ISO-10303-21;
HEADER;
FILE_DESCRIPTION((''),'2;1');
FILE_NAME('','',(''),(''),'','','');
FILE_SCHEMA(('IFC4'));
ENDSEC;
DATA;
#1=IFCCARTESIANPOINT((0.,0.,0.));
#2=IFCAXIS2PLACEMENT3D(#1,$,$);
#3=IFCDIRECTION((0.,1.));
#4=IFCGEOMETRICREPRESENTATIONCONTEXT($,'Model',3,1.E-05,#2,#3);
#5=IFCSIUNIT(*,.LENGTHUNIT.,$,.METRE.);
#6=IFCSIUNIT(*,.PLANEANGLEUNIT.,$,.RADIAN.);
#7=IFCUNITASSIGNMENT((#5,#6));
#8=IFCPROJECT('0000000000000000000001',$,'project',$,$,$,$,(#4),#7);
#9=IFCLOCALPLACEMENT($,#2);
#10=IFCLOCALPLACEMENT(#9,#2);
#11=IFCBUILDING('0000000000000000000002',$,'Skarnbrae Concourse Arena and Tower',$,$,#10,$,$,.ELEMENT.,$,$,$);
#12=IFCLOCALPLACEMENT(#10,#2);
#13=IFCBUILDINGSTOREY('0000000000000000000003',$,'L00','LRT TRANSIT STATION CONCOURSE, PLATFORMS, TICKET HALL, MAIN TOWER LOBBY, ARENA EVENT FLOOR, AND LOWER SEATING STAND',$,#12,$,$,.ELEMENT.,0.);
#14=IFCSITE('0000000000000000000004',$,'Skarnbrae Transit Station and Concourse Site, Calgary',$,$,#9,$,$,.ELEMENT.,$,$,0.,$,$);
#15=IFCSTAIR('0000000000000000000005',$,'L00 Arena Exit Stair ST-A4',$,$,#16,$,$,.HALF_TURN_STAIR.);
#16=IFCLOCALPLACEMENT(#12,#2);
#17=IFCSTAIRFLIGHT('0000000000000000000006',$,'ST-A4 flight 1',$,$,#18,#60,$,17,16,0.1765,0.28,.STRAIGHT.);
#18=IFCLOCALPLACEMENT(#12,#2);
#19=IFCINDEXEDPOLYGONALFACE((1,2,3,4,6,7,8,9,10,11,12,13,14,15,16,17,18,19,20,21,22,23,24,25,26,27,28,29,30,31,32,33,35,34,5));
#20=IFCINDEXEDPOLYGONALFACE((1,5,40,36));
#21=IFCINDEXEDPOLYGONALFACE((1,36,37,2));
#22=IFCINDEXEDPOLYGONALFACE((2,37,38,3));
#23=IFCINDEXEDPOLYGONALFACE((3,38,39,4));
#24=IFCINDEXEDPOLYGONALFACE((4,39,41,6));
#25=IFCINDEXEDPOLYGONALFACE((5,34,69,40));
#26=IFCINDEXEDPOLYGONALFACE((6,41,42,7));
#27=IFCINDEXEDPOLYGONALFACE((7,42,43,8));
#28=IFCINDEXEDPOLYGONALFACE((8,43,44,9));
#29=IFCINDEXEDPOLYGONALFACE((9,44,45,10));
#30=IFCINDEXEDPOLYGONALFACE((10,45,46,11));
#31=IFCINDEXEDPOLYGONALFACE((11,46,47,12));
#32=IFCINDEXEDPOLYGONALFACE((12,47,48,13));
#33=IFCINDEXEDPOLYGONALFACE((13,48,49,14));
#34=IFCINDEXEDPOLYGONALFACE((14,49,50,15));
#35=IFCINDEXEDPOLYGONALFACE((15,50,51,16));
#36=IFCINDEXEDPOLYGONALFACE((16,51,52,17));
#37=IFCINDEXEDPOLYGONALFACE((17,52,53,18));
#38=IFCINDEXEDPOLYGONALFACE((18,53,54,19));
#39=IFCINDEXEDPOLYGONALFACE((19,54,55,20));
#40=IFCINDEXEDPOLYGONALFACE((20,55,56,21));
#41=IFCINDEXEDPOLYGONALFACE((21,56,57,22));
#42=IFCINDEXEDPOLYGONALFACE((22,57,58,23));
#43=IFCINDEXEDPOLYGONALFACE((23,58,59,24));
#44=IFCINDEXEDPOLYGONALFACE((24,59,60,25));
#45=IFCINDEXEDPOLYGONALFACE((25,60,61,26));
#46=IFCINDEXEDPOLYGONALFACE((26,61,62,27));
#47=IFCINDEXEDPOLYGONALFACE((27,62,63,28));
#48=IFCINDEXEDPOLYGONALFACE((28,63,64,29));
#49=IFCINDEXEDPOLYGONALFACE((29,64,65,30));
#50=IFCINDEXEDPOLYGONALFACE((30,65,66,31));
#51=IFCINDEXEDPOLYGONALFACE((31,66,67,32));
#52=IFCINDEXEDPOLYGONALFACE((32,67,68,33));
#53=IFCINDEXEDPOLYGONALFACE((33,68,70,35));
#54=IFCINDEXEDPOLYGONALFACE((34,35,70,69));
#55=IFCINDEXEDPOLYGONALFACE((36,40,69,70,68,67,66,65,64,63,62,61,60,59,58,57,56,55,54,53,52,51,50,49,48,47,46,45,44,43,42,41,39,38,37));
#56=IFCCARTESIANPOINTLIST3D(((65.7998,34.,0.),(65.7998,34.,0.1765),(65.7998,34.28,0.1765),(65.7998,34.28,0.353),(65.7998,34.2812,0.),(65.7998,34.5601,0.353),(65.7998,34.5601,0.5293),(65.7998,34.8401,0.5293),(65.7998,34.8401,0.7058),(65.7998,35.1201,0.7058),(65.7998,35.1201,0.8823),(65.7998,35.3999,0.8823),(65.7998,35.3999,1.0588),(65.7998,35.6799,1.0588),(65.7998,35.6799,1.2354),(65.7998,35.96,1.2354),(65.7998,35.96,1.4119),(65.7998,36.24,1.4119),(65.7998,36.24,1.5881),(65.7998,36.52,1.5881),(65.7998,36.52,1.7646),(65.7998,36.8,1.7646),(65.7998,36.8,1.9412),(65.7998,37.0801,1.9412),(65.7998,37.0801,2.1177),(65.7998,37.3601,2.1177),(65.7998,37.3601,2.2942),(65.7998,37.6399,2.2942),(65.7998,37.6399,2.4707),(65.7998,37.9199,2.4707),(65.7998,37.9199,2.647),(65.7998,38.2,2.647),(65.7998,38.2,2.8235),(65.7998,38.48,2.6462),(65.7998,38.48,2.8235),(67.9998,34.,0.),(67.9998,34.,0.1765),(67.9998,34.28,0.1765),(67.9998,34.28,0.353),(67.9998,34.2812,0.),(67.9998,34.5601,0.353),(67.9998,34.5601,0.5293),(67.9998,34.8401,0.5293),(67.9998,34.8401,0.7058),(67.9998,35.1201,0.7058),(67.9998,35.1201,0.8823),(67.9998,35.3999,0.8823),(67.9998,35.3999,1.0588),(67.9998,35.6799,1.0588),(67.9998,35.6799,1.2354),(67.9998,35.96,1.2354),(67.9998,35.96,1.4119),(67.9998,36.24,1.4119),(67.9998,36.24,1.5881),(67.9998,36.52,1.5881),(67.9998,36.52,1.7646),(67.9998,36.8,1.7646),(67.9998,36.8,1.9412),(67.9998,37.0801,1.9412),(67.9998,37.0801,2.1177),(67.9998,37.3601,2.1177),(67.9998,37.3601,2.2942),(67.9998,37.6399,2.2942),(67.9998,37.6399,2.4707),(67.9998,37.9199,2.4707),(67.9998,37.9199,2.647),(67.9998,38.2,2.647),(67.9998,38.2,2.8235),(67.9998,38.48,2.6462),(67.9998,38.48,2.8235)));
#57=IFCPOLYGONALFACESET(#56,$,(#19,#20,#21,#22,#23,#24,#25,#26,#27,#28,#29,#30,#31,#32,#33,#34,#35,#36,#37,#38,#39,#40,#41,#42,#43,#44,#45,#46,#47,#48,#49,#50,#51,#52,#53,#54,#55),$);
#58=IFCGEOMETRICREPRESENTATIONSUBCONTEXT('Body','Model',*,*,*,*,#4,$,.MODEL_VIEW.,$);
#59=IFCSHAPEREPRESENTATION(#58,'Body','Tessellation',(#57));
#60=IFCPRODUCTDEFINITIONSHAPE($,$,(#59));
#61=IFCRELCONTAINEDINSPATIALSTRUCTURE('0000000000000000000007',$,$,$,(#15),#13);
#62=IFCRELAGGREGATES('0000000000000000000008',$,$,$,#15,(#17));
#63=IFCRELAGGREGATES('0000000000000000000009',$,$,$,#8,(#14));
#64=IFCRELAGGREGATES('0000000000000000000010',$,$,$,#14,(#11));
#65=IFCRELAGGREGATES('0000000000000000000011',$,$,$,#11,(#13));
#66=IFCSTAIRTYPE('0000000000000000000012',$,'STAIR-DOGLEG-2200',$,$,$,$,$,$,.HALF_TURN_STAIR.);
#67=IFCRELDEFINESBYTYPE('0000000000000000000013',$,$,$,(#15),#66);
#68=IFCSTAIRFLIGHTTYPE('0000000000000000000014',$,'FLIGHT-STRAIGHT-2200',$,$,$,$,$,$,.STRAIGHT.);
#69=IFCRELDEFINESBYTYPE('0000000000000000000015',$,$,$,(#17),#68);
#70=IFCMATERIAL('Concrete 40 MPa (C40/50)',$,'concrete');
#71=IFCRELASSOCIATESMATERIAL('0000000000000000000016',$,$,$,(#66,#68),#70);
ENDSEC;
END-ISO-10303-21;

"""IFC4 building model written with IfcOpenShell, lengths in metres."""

from ifc_helpers import new_model, si_unit, direction, frame, origin, place, context, subcontext, project, spatial, polyline, outline, extrude, source, transform, mapped, material, type_object, element, aggregate, save


model = new_model("IFC4")

# Units and contexts
model_context = context("Model", 3, precision=1e-05, world=origin(), true_north=direction((0.0, 1.0)))
body_context = subcontext(model_context, "Body", "Model", "MODEL_VIEW")
ifc_project = project(units=[si_unit("LENGTHUNIT", "METRE"), si_unit("PLANEANGLEUNIT", "RADIAN")], contexts=[model_context])

# Site, building, storey
site_placement = place(None, origin())
site = spatial("IfcSite", under=ifc_project, at=site_placement, Name="Skarnbrae Transit Station and Concourse Site, Calgary", CompositionType="ELEMENT", RefElevation=0.0)
building_placement = place(site_placement, origin())
building = spatial("IfcBuilding", under=site, at=building_placement, Name="Skarnbrae Concourse Arena and Tower", CompositionType="ELEMENT")
storey_placement = place(building_placement, origin())
storey = spatial("IfcBuildingStorey", under=building, at=storey_placement, Name="L00", Description="LRT TRANSIT STATION CONCOURSE, PLATFORMS, TICKET HALL, MAIN TOWER LOBBY, ARENA EVENT FLOOR, AND LOWER SEATING STAND", CompositionType="ELEMENT", Elevation=0.0)

# Stair, stair flight
ifc_material_1 = material(Name="Concrete 40 MPa (C40/50)", Category="concrete")
stair_type = type_object("IfcStairType", Name="STAIR-DOGLEG-2200", PredefinedType="HALF_TURN_STAIR", material=ifc_material_1)
stair_placement = place(storey_placement, origin())
stair = element("IfcStair", 1, at=stair_placement, inside=storey, type_object=stair_type, Name="L00 Arena Exit Stair ST-A4", PredefinedType="HALF_TURN_STAIR")
stair_flight_type = type_object("IfcStairFlightType", Name="FLIGHT-STRAIGHT-2200", PredefinedType="STRAIGHT", material=ifc_material_1)
shared_shape_1 = source(origin(), body_context, "Body", "SweptSolid", [
    extrude(outline(polyline([(0.0, 0.0), (0.0, 0.1765), (0.28, 0.1765), (0.28, 0.353), (0.5601, 0.353), (0.5601, 0.5293), (0.8401, 0.5293), (0.8401, 0.7058), (1.1201, 0.7058), (1.1201, 0.8823), (1.3999, 0.8823), (1.3999, 1.0588), (1.6799, 1.0588), (1.6799, 1.2354), (1.96, 1.2354), (1.96, 1.4119), (2.24, 1.4119), (2.24, 1.5881), (2.52, 1.5881), (2.52, 1.7646), (2.8, 1.7646), (2.8, 1.9412), (3.0801, 1.9412), (3.0801, 2.1177), (3.3601, 2.1177), (3.3601, 2.2942), (3.6399, 2.2942), (3.6399, 2.4707), (3.9199, 2.4707), (3.9199, 2.647), (4.2, 2.647), (4.2, 2.8235), (4.48, 2.8235), (4.48, 3.0), (4.48, 2.6462), (0.2812, 0.0), (0.0, 0.0)])), frame((0.0, 1.1001, 0.0), z_axis=(0.0, -1.0, 0.0), x_axis=(1.0, 0.0, 0.0)), (0.0, 0.0, 1.0), 2.2),
])
stair_flight_placement = place(storey_placement, frame((66.8999, 34.0, 0.0), z_axis=(0.0, 0.0, 1.0), x_axis=(0.0, 1.0, 0.0)))
stair_flight = element("IfcStairFlight", 2, at=stair_flight_placement, type_object=stair_flight_type, Name="ST-A4 flight 1", NumberOfRisers=17, NumberOfTreads=16, PredefinedType="STRAIGHT", RiserHeight=0.1765, TreadLength=0.28, context=body_context, shape_type="MappedRepresentation", body=[
    mapped(shared_shape_1, transform((0.0, 0.0, 0.0))),
])
aggregate(stair, [stair_flight])

save(model, "model.ifc")
